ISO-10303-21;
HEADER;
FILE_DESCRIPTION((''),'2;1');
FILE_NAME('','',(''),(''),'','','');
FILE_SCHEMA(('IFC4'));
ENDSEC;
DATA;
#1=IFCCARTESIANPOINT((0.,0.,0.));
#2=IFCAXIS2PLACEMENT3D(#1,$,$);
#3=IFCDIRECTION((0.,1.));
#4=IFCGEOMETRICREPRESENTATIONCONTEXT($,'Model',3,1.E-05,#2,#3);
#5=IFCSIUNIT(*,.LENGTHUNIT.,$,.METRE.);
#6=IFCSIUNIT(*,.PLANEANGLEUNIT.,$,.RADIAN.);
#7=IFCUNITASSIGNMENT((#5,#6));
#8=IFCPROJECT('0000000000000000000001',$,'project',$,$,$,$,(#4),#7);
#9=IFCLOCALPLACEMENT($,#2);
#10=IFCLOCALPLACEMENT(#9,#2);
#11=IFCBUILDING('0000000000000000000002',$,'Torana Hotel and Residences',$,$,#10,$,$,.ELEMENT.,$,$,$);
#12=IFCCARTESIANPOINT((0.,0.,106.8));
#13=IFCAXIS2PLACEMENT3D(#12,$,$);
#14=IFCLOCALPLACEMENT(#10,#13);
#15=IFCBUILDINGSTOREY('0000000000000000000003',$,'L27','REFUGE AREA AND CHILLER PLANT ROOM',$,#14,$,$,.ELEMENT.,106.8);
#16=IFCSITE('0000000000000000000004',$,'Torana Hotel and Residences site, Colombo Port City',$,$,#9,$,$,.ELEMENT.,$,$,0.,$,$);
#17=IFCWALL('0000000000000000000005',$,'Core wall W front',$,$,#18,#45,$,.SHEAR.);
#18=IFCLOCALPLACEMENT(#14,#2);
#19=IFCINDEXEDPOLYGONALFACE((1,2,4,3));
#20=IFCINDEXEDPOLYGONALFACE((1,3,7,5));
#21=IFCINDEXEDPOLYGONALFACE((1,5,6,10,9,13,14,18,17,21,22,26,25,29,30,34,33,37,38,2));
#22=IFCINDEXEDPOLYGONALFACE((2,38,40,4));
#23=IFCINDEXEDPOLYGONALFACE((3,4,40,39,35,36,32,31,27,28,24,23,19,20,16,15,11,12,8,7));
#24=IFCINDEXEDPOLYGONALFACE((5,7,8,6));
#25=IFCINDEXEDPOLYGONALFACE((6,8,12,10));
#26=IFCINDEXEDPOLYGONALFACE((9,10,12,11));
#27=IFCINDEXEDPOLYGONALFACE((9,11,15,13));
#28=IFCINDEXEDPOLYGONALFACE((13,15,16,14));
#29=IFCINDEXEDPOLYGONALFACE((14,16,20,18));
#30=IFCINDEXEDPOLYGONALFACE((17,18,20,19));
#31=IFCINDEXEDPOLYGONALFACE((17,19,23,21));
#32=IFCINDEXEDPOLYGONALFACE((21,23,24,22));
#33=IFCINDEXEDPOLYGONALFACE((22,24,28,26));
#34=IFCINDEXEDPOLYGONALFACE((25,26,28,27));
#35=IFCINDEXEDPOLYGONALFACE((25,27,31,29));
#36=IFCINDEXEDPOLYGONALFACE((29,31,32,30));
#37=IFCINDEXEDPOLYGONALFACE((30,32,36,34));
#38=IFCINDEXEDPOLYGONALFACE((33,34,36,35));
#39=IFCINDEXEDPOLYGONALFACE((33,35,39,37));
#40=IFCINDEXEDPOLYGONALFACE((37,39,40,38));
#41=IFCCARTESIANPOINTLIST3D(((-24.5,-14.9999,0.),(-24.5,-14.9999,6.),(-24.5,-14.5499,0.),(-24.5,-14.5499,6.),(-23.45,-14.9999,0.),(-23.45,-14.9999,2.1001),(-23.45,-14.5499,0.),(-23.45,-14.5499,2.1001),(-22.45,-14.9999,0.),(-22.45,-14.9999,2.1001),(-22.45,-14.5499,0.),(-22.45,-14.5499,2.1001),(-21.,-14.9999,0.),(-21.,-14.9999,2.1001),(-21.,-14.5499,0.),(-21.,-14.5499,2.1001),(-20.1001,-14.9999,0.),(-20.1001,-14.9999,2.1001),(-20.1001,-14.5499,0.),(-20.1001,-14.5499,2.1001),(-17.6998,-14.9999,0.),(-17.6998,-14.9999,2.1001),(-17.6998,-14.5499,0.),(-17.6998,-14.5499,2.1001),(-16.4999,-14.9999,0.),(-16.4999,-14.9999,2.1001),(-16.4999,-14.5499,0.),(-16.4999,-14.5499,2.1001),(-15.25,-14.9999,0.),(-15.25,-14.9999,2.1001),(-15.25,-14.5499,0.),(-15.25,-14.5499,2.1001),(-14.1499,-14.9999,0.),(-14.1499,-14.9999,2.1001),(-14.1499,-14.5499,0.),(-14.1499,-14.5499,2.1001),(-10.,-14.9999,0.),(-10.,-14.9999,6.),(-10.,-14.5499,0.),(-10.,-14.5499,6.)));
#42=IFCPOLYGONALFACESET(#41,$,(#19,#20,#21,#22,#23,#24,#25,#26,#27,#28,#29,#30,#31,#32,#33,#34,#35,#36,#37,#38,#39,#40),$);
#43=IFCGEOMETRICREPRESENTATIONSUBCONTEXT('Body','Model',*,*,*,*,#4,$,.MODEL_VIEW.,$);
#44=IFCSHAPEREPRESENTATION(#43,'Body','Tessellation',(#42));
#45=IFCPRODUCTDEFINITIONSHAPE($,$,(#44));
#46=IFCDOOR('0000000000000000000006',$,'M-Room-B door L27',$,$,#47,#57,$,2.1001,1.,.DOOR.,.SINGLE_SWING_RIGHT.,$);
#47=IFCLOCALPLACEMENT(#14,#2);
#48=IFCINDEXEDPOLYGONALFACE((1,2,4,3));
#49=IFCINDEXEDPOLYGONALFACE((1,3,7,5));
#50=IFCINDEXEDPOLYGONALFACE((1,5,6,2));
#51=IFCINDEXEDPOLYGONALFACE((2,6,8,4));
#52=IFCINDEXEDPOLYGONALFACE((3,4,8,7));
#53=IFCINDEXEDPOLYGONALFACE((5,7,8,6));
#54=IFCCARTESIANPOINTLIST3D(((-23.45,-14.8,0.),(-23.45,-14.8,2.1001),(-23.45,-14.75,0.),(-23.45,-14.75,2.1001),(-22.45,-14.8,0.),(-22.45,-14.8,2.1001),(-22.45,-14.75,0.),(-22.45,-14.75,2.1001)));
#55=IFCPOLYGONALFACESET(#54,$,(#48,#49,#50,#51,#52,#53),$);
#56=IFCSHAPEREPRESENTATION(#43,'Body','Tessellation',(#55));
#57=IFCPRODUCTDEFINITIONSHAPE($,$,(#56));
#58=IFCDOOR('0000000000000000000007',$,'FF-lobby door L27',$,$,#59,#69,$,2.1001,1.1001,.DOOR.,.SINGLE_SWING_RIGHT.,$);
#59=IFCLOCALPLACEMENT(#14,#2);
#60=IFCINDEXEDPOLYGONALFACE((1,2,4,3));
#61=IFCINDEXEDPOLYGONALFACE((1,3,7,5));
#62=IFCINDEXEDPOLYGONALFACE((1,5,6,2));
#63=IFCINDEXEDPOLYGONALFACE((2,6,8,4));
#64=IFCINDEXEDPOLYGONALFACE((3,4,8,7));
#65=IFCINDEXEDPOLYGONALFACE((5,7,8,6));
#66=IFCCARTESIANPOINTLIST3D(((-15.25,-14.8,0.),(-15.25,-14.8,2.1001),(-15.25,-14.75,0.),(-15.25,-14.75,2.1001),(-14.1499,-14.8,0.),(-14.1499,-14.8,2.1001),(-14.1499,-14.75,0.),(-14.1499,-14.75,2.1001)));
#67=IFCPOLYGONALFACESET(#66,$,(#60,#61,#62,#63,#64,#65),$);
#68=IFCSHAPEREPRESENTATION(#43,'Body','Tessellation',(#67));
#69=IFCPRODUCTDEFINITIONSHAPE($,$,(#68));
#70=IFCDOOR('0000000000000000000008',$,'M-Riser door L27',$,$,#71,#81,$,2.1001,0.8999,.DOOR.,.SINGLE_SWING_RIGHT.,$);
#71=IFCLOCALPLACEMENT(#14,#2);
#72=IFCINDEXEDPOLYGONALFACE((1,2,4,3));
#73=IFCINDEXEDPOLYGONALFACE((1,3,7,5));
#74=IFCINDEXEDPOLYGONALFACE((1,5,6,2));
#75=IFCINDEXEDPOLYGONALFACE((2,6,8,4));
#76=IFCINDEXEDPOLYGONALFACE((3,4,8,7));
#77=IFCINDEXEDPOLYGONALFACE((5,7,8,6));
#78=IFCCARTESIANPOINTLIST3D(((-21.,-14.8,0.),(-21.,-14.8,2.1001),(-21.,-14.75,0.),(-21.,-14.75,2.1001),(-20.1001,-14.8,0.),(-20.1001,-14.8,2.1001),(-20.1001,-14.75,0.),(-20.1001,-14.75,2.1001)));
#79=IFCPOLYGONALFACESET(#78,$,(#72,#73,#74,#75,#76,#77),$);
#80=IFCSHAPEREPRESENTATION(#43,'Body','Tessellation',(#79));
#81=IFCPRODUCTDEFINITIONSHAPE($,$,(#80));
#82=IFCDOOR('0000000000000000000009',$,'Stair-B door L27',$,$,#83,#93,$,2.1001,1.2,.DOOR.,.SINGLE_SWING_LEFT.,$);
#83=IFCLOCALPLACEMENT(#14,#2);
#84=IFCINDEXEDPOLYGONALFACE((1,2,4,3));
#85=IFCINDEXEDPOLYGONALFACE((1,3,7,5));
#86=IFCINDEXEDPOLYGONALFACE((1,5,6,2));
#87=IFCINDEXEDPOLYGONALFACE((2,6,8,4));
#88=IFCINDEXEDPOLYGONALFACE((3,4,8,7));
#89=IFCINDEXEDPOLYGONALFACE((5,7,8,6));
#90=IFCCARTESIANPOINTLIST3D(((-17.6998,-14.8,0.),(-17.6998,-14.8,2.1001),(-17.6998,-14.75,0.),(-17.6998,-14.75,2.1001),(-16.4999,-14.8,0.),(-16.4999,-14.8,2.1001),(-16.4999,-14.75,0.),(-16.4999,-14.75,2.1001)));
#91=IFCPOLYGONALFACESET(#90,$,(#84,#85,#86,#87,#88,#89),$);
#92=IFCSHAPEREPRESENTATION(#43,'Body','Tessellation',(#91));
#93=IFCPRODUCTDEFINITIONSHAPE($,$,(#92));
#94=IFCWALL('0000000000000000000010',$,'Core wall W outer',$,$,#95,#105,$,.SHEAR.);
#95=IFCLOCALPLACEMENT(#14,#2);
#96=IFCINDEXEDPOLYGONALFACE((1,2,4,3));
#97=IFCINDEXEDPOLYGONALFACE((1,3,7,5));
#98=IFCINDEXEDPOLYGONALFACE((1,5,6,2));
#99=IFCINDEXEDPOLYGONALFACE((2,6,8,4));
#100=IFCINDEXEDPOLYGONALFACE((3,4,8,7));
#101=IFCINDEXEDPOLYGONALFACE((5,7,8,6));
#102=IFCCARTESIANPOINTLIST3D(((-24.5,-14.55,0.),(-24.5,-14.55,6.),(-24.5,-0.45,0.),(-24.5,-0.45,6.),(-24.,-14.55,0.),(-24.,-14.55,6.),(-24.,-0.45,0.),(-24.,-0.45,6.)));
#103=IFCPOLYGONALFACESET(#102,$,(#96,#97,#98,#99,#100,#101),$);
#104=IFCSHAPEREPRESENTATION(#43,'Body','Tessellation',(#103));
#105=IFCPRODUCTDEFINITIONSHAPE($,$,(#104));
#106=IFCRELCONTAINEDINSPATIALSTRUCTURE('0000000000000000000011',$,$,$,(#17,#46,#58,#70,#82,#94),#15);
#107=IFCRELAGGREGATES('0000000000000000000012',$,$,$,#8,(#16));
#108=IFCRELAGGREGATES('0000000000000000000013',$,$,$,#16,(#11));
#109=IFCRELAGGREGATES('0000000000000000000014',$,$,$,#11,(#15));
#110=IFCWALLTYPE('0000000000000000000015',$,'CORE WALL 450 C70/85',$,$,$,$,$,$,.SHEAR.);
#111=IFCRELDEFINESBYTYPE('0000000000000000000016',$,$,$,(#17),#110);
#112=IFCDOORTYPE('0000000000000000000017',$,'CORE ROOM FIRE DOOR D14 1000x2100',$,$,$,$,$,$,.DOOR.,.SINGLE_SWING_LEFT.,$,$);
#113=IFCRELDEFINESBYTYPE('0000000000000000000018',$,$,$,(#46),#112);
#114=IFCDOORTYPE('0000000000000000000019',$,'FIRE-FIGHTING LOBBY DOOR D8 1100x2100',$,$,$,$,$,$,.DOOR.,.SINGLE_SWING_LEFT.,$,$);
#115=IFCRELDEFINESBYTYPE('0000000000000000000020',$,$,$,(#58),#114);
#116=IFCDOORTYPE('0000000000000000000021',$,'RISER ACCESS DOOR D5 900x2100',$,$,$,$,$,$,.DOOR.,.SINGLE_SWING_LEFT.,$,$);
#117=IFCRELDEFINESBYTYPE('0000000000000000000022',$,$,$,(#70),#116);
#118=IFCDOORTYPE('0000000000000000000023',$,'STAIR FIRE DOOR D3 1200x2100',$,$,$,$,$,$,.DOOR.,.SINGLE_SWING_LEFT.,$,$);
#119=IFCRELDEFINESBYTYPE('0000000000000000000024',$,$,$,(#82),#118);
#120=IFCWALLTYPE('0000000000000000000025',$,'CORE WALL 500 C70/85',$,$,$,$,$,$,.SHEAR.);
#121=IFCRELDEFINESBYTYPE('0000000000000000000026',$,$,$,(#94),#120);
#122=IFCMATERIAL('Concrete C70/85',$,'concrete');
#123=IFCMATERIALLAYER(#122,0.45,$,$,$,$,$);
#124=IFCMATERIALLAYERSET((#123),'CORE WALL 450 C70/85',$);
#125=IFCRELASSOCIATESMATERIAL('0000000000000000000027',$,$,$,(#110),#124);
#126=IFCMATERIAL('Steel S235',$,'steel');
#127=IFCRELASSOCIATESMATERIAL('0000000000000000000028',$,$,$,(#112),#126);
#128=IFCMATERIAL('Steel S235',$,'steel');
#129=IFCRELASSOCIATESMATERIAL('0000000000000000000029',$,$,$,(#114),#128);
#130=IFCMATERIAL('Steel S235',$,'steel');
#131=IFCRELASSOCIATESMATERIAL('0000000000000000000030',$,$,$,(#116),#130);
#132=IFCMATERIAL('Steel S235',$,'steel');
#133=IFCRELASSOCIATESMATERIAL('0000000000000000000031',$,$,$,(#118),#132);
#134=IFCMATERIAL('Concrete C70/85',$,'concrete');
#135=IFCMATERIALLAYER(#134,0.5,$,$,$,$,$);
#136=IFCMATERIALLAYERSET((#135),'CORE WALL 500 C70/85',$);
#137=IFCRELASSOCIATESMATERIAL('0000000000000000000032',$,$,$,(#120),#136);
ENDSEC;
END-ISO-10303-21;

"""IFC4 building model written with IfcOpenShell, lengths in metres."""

from ifc_helpers import new_model, si_unit, direction, frame, frame_2d, origin, place, context, subcontext, project, spatial, rectangle, extrude, material, layer, layer_set, type_object, element, fill, save


model = new_model("IFC4")

# Units and contexts
model_context = context("Model", 3, precision=1e-05, world=origin(), true_north=direction((0.0, 1.0)))
body_context = subcontext(model_context, "Body", "Model", "MODEL_VIEW")
ifc_project = project(units=[si_unit("LENGTHUNIT", "METRE"), si_unit("PLANEANGLEUNIT", "RADIAN")], contexts=[model_context])

# Site, building, storey
site_placement = place(None, origin())
site = spatial("IfcSite", under=ifc_project, at=site_placement, Name="Torana Hotel and Residences site, Colombo Port City", CompositionType="ELEMENT", RefElevation=0.0)
building_placement = place(site_placement, origin())
building = spatial("IfcBuilding", under=site, at=building_placement, Name="Torana Hotel and Residences", CompositionType="ELEMENT")
storey_placement = place(building_placement, frame((0.0, 0.0, 106.8)))
storey = spatial("IfcBuildingStorey", under=building, at=storey_placement, Name="L27", Description="REFUGE AREA AND CHILLER PLANT ROOM", CompositionType="ELEMENT", Elevation=106.8)

# Wall, openings, doors
ifc_material_1 = material(Name="Concrete C70/85", Category="concrete")
ifc_layer_1 = layer(ifc_material_1, 0.45)
ifc_layer_set_1 = layer_set([ifc_layer_1], Name="CORE WALL 450 C70/85")
wall_type_1 = type_object("IfcWallType", Name="CORE WALL 450 C70/85", PredefinedType="SHEAR", material=ifc_layer_set_1)
wall_1_placement = place(storey_placement, frame((-24.5, -14.7749, 0.0), z_axis=(0.0, 0.0, 1.0), x_axis=(1.0, 0.0, 0.0)))
wall_1 = element("IfcWall", 1, at=wall_1_placement, inside=storey, type_object=wall_type_1, Name="Core wall W front", PredefinedType="SHEAR", context=body_context, shape_type="SweptSolid", body=[
    extrude(rectangle(XDim=14.5, YDim=0.45, at=frame_2d((7.25, 0.0))), origin(), (0.0, 0.0, 1.0), 6.0),
])
opening_1_placement = place(wall_1_placement, frame((6.8, 0.0, 0.0)))
opening_1 = element("IfcOpeningElement", 2, at=opening_1_placement, cuts=wall_1, PredefinedType="OPENING", context=body_context, shape_type="SweptSolid", body=[
    extrude(rectangle(XDim=1.2, YDim=2.1001, at=frame_2d((0.6001, 1.05))), frame((0.0, 0.2349, 0.0), z_axis=(0.0, -1.0, 0.0), x_axis=(1.0, 0.0, 0.0)), (0.0, 0.0, 1.0), 0.47),
])
opening_2_placement = place(wall_1_placement, frame((9.25, 0.0, 0.0)))
opening_2 = element("IfcOpeningElement", 3, at=opening_2_placement, cuts=wall_1, PredefinedType="OPENING", context=body_context, shape_type="SweptSolid", body=[
    extrude(rectangle(XDim=1.1001, YDim=2.1001, at=frame_2d((0.55, 1.05))), frame((0.0, 0.2349, 0.0), z_axis=(0.0, -1.0, 0.0), x_axis=(1.0, 0.0, 0.0)), (0.0, 0.0, 1.0), 0.47),
])
opening_3_placement = place(wall_1_placement, frame((3.5, 0.0, 0.0)))
opening_3 = element("IfcOpeningElement", 4, at=opening_3_placement, cuts=wall_1, PredefinedType="OPENING", context=body_context, shape_type="SweptSolid", body=[
    extrude(rectangle(XDim=0.8999, YDim=2.1001, at=frame_2d((0.45, 1.05))), frame((0.0, 0.2349, 0.0), z_axis=(0.0, -1.0, 0.0), x_axis=(1.0, 0.0, 0.0)), (0.0, 0.0, 1.0), 0.47),
])
opening_4_placement = place(wall_1_placement, frame((1.05, 0.0, 0.0)))
opening_4 = element("IfcOpeningElement", 5, at=opening_4_placement, cuts=wall_1, PredefinedType="OPENING", context=body_context, shape_type="SweptSolid", body=[
    extrude(rectangle(XDim=1.0, YDim=2.1001, at=frame_2d((0.5, 1.05))), frame((0.0, 0.2349, 0.0), z_axis=(0.0, -1.0, 0.0), x_axis=(1.0, 0.0, 0.0)), (0.0, 0.0, 1.0), 0.47),
])
ifc_material_2 = material(Name="Steel S235", Category="steel")
door_type_1 = type_object("IfcDoorType", Name="CORE ROOM FIRE DOOR D14 1000x2100", OperationType="SINGLE_SWING_LEFT", PredefinedType="DOOR", material=ifc_material_2)
door_1_placement = place(opening_4_placement, origin())
door_1 = element("IfcDoor", 6, at=door_1_placement, inside=storey, type_object=door_type_1, Name="M-Room-B door L27", OperationType="SINGLE_SWING_RIGHT", OverallHeight=2.1001, OverallWidth=1.0, PredefinedType="DOOR", context=body_context, shape_type="SweptSolid", body=[
    extrude(rectangle(XDim=1.0, YDim=2.1001, at=frame_2d((0.5, 1.05))), frame((0.0, 0.0249, 0.0), z_axis=(0.0, -1.0, 0.0), x_axis=(1.0, 0.0, 0.0)), (0.0, 0.0, 1.0), 0.05),
])
fill(opening_4, door_1)
ifc_material_3 = material(Name="Steel S235", Category="steel")
door_type_2 = type_object("IfcDoorType", Name="FIRE-FIGHTING LOBBY DOOR D8 1100x2100", OperationType="SINGLE_SWING_LEFT", PredefinedType="DOOR", material=ifc_material_3)
door_2_placement = place(opening_2_placement, origin())
door_2 = element("IfcDoor", 7, at=door_2_placement, inside=storey, type_object=door_type_2, Name="FF-lobby door L27", OperationType="SINGLE_SWING_RIGHT", OverallHeight=2.1001, OverallWidth=1.1001, PredefinedType="DOOR", context=body_context, shape_type="SweptSolid", body=[
    extrude(rectangle(XDim=1.1001, YDim=2.1001, at=frame_2d((0.55, 1.05))), frame((0.0, 0.0249, 0.0), z_axis=(0.0, -1.0, 0.0), x_axis=(1.0, 0.0, 0.0)), (0.0, 0.0, 1.0), 0.05),
])
fill(opening_2, door_2)
ifc_material_4 = material(Name="Steel S235", Category="steel")
door_type_3 = type_object("IfcDoorType", Name="RISER ACCESS DOOR D5 900x2100", OperationType="SINGLE_SWING_LEFT", PredefinedType="DOOR", material=ifc_material_4)
door_3_placement = place(opening_3_placement, origin())
door_3 = element("IfcDoor", 8, at=door_3_placement, inside=storey, type_object=door_type_3, Name="M-Riser door L27", OperationType="SINGLE_SWING_RIGHT", OverallHeight=2.1001, OverallWidth=0.8999, PredefinedType="DOOR", context=body_context, shape_type="SweptSolid", body=[
    extrude(rectangle(XDim=0.8999, YDim=2.1001, at=frame_2d((0.45, 1.05))), frame((0.0, 0.0249, 0.0), z_axis=(0.0, -1.0, 0.0), x_axis=(1.0, 0.0, 0.0)), (0.0, 0.0, 1.0), 0.05),
])
fill(opening_3, door_3)
ifc_material_5 = material(Name="Steel S235", Category="steel")
door_type_4 = type_object("IfcDoorType", Name="STAIR FIRE DOOR D3 1200x2100", OperationType="SINGLE_SWING_LEFT", PredefinedType="DOOR", material=ifc_material_5)
door_4_placement = place(opening_1_placement, origin())
door_4 = element("IfcDoor", 9, at=door_4_placement, inside=storey, type_object=door_type_4, Name="Stair-B door L27", OperationType="SINGLE_SWING_LEFT", OverallHeight=2.1001, OverallWidth=1.2, PredefinedType="DOOR", context=body_context, shape_type="SweptSolid", body=[
    extrude(rectangle(XDim=1.2, YDim=2.1001, at=frame_2d((0.6001, 1.05))), frame((0.0, 0.0249, 0.0), z_axis=(0.0, -1.0, 0.0), x_axis=(1.0, 0.0, 0.0)), (0.0, 0.0, 1.0), 0.05),
])
fill(opening_1, door_4)

# Wall
ifc_material_6 = material(Name="Concrete C70/85", Category="concrete")
ifc_layer_2 = layer(ifc_material_6, 0.5)
ifc_layer_set_2 = layer_set([ifc_layer_2], Name="CORE WALL 500 C70/85")
wall_type_2 = type_object("IfcWallType", Name="CORE WALL 500 C70/85", PredefinedType="SHEAR", material=ifc_layer_set_2)
wall_2_placement = place(storey_placement, frame((-24.25, -14.55, 0.0), z_axis=(0.0, 0.0, 1.0), x_axis=(0.0, 1.0, 0.0)))
element("IfcWall", 10, at=wall_2_placement, inside=storey, type_object=wall_type_2, Name="Core wall W outer", PredefinedType="SHEAR", context=body_context, shape_type="SweptSolid", body=[
    extrude(rectangle(XDim=14.1001, YDim=0.5, at=frame_2d((7.05, 0.0))), origin(), (0.0, 0.0, 1.0), 6.0),
])

save(model, "model.ifc")
